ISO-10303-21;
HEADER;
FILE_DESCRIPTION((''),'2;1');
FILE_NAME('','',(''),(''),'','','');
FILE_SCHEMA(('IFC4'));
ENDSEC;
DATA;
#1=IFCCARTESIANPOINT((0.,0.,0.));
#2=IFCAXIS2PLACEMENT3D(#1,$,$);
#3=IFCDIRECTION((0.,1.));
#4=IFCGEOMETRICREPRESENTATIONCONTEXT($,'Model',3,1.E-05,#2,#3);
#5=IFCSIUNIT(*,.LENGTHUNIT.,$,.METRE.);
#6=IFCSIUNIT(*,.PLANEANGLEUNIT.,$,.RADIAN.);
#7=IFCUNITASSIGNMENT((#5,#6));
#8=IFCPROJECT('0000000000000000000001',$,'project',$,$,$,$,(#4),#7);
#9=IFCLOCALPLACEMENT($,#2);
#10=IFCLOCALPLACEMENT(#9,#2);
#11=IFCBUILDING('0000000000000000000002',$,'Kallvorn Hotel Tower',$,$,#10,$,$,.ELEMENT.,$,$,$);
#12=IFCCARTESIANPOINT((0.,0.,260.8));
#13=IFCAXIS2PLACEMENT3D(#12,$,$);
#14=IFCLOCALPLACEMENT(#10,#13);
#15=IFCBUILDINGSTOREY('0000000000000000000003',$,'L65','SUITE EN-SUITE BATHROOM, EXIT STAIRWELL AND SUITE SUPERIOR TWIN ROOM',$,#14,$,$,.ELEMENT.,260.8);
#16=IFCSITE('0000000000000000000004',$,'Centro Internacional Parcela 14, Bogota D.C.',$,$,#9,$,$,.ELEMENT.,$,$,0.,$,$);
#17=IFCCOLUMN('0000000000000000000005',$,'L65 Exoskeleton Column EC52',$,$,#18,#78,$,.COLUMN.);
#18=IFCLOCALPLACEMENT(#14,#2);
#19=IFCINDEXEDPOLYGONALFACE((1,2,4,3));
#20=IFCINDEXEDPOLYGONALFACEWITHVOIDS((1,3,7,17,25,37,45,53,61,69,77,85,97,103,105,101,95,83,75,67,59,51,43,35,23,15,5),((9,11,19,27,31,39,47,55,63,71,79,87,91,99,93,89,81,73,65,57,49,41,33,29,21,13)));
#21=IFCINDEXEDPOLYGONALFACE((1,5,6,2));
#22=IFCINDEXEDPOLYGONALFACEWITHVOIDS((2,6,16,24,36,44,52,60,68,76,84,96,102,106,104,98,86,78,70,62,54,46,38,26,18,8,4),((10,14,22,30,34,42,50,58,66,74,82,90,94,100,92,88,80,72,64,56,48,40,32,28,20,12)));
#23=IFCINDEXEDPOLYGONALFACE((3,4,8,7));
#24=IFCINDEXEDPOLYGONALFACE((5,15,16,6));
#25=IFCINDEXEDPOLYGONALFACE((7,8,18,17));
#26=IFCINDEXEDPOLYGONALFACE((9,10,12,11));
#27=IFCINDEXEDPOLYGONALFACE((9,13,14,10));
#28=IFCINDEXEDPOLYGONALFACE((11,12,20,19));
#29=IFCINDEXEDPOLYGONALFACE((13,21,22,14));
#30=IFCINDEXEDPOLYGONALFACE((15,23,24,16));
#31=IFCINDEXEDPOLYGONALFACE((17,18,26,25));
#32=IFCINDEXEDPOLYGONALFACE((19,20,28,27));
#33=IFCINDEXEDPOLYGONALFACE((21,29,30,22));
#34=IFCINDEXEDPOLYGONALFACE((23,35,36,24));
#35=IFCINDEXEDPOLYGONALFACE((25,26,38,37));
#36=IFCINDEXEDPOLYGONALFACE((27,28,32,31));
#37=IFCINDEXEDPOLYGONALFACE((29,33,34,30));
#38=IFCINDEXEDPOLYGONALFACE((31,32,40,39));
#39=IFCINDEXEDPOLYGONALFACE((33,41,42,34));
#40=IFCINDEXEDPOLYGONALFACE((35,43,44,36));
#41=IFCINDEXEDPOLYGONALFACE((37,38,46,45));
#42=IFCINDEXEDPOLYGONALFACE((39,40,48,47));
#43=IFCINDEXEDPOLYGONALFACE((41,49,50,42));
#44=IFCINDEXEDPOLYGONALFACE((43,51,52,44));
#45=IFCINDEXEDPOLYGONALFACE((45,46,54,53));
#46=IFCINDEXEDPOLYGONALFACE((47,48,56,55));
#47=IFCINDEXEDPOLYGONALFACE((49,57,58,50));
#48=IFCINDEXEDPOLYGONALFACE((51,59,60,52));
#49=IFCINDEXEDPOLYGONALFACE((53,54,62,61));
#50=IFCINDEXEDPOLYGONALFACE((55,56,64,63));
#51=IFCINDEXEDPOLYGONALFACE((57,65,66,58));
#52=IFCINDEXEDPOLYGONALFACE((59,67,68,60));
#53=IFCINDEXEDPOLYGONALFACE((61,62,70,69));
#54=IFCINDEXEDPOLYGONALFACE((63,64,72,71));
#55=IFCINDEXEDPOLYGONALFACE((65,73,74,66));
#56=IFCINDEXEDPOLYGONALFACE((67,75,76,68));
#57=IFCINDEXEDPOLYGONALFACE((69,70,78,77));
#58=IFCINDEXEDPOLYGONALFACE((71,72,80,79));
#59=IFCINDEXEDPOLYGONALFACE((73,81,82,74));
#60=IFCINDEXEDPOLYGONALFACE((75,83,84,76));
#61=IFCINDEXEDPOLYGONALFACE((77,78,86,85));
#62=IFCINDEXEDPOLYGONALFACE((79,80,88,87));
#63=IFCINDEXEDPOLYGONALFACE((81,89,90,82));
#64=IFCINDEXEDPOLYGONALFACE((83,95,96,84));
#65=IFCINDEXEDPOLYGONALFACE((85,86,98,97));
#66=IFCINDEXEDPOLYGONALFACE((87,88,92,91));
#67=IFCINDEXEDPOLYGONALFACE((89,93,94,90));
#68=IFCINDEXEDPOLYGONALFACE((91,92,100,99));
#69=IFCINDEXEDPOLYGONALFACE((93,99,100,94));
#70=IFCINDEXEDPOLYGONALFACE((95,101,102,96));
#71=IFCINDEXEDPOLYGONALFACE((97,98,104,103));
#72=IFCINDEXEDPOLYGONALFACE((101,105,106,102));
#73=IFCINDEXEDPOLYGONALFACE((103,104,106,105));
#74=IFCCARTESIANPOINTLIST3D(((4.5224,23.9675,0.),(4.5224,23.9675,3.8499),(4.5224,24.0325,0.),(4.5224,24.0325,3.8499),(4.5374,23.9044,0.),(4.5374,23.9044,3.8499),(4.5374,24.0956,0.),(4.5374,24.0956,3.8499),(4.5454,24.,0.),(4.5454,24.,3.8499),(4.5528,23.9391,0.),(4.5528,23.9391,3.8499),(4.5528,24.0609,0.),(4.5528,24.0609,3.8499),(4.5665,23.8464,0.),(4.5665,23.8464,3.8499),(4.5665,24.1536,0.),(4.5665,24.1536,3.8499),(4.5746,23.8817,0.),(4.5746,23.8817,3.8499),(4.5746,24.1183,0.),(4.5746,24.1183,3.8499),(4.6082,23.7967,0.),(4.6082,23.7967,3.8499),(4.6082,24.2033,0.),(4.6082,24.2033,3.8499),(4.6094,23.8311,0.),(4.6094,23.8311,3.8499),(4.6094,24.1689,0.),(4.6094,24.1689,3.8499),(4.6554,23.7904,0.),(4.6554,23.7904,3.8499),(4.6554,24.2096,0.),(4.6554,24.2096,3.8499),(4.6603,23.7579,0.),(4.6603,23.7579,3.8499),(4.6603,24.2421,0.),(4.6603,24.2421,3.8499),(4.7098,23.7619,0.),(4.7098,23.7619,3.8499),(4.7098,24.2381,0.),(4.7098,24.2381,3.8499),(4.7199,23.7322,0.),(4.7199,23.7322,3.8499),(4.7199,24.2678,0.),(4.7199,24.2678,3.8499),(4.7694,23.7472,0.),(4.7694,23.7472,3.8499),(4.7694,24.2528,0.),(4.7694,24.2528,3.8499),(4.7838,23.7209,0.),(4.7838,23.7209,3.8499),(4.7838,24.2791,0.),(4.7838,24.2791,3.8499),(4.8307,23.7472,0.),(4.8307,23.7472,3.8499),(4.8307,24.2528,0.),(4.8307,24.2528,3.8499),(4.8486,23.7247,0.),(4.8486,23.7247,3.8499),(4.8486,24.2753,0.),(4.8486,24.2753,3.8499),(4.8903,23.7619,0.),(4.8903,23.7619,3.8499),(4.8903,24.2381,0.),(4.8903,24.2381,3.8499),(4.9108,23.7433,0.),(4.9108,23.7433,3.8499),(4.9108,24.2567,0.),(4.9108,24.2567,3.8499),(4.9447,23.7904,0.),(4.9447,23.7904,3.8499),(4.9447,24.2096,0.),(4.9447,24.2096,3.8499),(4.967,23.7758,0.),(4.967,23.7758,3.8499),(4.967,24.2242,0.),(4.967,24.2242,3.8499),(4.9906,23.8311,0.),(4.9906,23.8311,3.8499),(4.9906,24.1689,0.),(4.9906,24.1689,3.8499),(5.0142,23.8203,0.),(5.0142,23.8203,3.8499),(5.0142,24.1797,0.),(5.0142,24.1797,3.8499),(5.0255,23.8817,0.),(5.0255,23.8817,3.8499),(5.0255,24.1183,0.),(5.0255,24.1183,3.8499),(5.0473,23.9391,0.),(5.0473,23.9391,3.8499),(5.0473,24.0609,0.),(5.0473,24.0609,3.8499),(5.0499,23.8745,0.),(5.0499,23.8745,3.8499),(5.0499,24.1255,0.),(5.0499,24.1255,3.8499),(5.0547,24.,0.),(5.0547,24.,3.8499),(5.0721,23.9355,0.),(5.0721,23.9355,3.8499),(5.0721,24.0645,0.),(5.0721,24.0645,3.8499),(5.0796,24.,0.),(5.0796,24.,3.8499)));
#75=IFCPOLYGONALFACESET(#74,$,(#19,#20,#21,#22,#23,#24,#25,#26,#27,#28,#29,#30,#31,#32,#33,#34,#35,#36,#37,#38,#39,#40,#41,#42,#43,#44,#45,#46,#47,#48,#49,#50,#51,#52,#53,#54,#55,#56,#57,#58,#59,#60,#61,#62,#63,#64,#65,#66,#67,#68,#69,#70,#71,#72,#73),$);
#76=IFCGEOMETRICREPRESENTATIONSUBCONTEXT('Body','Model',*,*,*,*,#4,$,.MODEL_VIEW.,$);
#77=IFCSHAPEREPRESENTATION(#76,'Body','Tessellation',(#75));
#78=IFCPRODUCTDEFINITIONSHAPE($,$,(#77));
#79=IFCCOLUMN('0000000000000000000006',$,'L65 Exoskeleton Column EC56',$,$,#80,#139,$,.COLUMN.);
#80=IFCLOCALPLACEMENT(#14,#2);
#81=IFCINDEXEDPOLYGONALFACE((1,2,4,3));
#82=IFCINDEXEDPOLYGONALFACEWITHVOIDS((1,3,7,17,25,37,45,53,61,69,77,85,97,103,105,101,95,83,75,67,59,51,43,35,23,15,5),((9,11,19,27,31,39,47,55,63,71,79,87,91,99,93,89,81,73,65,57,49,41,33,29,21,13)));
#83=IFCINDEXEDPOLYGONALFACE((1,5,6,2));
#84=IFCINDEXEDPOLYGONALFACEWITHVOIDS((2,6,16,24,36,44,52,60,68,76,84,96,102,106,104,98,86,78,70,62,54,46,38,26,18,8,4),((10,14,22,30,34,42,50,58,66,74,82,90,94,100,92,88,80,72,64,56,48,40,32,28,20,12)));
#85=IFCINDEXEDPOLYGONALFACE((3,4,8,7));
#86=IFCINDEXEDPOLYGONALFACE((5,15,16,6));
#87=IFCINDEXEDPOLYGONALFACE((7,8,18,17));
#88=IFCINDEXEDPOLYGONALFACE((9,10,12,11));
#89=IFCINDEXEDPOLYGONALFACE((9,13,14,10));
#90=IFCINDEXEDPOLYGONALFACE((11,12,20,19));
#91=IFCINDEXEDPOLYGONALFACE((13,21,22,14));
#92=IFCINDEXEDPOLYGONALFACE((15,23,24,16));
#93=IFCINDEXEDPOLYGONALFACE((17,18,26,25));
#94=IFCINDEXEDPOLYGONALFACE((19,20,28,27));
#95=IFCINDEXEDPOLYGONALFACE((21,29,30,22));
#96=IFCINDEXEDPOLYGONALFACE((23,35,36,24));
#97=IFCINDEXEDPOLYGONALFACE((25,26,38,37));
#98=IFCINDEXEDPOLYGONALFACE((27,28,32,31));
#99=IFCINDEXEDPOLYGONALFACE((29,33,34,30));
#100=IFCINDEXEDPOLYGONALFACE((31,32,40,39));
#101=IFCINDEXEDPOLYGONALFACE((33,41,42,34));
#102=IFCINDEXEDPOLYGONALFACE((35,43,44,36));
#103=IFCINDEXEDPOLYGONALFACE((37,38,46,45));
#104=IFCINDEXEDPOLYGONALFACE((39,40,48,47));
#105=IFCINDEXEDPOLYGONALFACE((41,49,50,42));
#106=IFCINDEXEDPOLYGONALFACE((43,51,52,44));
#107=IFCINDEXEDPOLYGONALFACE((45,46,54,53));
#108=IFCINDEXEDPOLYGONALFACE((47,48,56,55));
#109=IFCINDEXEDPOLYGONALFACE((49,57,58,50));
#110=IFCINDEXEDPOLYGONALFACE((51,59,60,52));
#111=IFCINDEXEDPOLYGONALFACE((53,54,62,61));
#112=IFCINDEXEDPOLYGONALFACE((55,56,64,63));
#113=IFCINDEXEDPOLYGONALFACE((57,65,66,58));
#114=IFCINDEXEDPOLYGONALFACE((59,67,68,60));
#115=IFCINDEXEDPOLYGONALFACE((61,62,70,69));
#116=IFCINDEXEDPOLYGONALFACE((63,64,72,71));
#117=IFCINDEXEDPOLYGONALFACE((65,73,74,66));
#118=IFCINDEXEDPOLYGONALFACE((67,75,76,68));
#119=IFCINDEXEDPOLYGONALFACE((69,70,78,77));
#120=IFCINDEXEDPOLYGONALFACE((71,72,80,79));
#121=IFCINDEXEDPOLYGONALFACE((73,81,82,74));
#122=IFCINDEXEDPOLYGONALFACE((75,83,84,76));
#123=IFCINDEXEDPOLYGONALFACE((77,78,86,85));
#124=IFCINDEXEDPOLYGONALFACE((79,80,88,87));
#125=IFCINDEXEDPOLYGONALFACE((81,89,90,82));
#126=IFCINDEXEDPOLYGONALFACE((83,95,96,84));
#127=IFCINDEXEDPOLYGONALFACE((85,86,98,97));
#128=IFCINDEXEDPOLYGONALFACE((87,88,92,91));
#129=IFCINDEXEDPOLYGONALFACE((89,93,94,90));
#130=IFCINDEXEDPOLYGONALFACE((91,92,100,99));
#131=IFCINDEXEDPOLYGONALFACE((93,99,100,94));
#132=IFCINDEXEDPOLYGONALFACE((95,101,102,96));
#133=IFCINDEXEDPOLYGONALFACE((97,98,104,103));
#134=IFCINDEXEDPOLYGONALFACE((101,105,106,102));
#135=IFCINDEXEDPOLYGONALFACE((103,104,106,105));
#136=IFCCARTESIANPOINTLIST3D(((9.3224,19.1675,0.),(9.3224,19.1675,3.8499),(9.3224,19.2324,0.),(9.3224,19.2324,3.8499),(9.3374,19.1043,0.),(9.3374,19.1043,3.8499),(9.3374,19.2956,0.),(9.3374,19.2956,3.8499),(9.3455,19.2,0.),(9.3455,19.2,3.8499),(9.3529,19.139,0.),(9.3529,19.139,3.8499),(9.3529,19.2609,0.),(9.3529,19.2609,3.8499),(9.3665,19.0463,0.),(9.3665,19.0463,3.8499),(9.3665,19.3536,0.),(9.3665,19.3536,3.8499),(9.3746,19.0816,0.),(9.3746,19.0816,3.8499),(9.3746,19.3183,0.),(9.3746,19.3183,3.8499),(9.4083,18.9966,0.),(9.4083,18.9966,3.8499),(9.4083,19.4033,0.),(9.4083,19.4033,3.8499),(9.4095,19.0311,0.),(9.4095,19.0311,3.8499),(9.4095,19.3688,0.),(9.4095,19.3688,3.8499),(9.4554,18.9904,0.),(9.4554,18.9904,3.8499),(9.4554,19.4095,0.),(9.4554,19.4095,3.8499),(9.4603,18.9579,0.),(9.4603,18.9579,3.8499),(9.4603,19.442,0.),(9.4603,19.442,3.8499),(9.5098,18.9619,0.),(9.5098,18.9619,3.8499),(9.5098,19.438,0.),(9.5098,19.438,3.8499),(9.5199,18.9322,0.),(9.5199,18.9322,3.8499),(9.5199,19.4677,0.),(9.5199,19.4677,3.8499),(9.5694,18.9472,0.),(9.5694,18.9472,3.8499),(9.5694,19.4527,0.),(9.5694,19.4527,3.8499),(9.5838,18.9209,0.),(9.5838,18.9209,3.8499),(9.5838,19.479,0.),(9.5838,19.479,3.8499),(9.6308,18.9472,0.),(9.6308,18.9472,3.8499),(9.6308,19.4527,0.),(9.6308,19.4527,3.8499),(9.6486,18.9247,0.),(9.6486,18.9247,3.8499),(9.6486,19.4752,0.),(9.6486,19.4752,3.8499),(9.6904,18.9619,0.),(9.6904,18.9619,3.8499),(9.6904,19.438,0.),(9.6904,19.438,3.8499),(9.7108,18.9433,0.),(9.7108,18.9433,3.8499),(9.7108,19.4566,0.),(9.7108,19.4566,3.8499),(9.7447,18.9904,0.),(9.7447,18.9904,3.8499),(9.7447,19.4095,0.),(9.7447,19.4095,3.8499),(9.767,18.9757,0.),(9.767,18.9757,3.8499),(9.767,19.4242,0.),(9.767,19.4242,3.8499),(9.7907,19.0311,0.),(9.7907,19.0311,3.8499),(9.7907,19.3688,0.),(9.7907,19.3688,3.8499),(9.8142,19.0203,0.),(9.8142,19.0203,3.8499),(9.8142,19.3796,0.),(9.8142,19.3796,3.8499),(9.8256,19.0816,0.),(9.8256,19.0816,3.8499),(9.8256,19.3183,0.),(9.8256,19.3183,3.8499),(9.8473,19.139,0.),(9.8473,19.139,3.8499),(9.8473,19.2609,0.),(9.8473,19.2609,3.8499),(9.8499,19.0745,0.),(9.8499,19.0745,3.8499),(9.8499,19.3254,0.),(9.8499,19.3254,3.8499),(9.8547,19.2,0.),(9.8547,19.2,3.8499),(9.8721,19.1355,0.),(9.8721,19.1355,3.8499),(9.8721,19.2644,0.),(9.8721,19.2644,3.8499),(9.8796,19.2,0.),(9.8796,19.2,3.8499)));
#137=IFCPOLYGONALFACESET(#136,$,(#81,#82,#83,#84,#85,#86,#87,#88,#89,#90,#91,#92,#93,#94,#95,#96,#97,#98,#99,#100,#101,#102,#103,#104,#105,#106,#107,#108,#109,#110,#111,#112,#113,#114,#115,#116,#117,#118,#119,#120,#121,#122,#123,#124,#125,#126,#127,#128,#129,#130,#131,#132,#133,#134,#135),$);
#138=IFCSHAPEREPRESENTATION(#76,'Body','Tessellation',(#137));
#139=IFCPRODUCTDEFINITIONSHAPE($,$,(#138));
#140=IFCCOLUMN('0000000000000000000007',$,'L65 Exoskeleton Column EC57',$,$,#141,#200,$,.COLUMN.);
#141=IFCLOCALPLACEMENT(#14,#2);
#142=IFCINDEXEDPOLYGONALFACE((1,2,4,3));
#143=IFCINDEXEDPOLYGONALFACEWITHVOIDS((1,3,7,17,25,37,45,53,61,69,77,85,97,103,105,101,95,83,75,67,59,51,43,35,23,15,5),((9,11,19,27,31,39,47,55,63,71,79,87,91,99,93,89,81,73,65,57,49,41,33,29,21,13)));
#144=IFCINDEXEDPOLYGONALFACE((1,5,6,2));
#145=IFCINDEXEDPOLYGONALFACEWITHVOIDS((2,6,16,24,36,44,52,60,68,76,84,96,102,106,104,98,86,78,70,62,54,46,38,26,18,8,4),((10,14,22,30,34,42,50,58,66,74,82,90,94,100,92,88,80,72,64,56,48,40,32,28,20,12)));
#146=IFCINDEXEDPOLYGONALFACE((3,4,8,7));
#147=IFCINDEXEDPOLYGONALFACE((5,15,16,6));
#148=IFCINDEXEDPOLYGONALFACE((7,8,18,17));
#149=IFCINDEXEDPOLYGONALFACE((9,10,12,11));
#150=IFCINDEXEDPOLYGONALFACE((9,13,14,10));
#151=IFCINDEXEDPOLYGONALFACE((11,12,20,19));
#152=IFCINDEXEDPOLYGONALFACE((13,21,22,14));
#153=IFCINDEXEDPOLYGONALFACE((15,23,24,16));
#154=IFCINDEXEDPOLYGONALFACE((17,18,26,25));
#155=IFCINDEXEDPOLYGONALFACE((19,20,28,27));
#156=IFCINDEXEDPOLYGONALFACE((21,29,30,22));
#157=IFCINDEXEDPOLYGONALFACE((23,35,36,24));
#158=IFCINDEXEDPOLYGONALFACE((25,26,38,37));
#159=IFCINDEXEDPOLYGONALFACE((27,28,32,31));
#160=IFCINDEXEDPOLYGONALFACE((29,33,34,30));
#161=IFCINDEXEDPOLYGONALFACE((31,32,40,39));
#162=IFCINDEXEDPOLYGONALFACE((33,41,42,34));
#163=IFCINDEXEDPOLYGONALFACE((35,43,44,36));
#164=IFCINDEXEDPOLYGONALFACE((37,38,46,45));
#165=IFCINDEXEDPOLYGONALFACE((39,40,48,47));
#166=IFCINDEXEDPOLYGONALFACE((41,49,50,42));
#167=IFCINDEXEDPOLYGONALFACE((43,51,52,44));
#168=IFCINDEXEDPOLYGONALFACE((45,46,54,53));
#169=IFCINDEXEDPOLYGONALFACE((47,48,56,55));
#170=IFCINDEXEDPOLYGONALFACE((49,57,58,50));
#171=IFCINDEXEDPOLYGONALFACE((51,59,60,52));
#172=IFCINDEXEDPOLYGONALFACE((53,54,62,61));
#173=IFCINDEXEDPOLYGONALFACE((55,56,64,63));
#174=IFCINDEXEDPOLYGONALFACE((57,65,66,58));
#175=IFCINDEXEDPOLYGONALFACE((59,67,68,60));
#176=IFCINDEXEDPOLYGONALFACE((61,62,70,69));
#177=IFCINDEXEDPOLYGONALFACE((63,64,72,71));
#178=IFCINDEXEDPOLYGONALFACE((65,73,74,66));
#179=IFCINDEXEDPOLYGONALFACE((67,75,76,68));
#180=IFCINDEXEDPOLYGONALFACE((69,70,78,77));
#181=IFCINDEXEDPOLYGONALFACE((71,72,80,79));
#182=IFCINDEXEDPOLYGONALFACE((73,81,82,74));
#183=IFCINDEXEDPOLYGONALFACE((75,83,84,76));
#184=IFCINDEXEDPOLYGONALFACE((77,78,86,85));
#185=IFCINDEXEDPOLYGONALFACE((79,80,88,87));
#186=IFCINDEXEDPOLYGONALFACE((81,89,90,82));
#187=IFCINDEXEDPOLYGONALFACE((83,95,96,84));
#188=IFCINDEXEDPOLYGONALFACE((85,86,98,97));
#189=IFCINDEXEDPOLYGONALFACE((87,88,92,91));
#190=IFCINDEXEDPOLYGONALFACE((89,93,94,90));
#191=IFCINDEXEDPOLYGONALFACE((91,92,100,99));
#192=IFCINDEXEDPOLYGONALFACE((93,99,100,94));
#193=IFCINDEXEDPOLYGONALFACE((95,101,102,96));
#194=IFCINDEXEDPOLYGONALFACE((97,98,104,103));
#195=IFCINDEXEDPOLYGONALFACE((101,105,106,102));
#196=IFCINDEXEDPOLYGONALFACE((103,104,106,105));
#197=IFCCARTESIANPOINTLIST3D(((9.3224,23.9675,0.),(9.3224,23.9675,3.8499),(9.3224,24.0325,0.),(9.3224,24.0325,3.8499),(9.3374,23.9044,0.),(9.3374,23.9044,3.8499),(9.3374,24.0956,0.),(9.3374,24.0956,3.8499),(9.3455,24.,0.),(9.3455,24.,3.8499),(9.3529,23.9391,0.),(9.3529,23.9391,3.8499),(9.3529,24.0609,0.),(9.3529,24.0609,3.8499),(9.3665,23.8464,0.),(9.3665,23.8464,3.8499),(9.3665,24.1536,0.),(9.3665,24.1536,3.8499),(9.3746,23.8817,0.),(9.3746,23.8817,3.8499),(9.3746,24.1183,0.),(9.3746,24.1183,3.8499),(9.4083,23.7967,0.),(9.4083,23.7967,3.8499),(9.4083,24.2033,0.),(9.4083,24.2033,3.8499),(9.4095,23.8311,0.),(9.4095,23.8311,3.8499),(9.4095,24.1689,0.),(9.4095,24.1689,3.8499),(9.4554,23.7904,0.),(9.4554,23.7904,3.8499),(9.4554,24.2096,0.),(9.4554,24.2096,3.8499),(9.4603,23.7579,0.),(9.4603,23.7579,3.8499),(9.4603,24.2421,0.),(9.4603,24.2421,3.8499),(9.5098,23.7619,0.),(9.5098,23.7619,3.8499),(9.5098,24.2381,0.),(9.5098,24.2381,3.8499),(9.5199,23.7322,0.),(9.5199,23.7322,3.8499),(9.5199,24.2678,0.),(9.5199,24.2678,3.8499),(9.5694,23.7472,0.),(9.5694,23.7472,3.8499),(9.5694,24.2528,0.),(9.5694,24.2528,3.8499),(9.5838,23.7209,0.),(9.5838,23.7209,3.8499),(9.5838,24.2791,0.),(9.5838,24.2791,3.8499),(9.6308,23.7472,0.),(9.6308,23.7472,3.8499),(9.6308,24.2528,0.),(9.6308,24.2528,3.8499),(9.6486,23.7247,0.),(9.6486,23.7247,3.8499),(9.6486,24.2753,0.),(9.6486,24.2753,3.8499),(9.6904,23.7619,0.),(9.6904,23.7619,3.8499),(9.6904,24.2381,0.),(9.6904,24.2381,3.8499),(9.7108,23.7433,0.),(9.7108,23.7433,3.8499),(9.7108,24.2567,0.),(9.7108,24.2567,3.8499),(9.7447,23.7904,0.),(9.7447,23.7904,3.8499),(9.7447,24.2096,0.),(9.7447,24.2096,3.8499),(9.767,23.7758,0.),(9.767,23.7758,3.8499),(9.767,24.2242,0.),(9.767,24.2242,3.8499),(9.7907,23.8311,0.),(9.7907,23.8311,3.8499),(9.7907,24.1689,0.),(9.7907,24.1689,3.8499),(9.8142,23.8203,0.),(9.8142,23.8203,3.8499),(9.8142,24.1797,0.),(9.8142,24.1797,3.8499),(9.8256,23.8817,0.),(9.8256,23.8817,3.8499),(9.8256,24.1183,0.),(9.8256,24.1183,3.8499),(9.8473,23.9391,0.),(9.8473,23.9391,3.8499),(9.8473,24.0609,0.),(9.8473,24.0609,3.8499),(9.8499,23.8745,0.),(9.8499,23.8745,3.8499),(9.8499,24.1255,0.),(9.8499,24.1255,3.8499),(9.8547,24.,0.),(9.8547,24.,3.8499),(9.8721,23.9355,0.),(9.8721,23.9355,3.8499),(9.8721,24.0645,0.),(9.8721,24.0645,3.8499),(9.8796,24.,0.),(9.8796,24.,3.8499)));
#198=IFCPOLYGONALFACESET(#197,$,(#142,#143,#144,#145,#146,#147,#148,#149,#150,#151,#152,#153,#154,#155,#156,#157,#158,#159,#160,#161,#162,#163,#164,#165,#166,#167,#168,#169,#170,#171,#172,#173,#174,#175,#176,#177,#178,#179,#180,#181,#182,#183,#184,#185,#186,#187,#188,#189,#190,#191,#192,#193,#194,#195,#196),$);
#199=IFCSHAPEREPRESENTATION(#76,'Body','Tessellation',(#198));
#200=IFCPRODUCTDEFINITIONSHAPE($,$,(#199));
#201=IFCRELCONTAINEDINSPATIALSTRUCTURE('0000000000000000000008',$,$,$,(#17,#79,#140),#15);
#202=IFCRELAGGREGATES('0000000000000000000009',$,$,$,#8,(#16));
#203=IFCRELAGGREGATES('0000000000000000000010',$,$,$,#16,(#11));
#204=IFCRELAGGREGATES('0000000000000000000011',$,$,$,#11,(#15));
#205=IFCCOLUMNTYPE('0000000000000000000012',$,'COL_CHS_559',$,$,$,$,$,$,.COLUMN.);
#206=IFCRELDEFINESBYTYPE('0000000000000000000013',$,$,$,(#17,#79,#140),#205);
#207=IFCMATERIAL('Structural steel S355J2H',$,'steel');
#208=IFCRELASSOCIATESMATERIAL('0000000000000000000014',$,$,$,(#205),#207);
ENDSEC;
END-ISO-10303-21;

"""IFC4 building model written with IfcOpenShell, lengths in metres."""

from ifc_helpers import new_model, si_unit, direction, frame, origin, origin_2d, place, context, subcontext, project, spatial, hollow_circle, extrude, material, material_profile, profile_set, type_object, element, save


model = new_model("IFC4")

# Units and contexts
model_context = context("Model", 3, precision=1e-05, world=origin(), true_north=direction((0.0, 1.0)))
body_context = subcontext(model_context, "Body", "Model", "MODEL_VIEW")
ifc_project = project(units=[si_unit("LENGTHUNIT", "METRE"), si_unit("PLANEANGLEUNIT", "RADIAN")], contexts=[model_context])

# Site, building, storey
site_placement = place(None, origin())
site = spatial("IfcSite", under=ifc_project, at=site_placement, Name="Centro Internacional Parcela 14, Bogota D.C.", CompositionType="ELEMENT", RefElevation=0.0)
building_placement = place(site_placement, origin())
building = spatial("IfcBuilding", under=site, at=building_placement, Name="Kallvorn Hotel Tower", CompositionType="ELEMENT")
storey_placement = place(building_placement, frame((0.0, 0.0, 260.8)))
storey = spatial("IfcBuildingStorey", under=building, at=storey_placement, Name="L65", Description="SUITE EN-SUITE BATHROOM, EXIT STAIRWELL AND SUITE SUPERIOR TWIN ROOM", CompositionType="ELEMENT", Elevation=260.8)

# Columns
ifc_material_1 = material(Name="Structural steel S355J2H", Category="steel")
ifc_material_profile_1 = material_profile(ifc_material_1, hollow_circle(Radius=0.2795, WallThickness=0.0249, at=origin_2d()), Name="CHS 559x25")
ifc_profile_set_1 = profile_set([ifc_material_profile_1], Name="Structural steel S355J2H")
column_type_1 = type_object("IfcColumnType", Name="COL_CHS_559", PredefinedType="COLUMN", material=ifc_profile_set_1)
for number, where, z_axis, x_axis, name in (
    (1, (4.8, 24.0, 0.0), (0.0, 0.0, 1.0), (1.0, 0.0, 0.0), "L65 Exoskeleton Column EC52"),
    (2, (9.6001, 19.2, 0.0), (0.0, 0.0, 1.0), (1.0, 0.0, 0.0), "L65 Exoskeleton Column EC56"),
    (3, (9.6001, 24.0, 0.0), (0.0, 0.0, 1.0), (1.0, 0.0, 0.0), "L65 Exoskeleton Column EC57"),
):
    element("IfcColumn", number, at=place(storey_placement, frame(where, z_axis=z_axis, x_axis=x_axis)), inside=storey, type_object=column_type_1, Name=name, PredefinedType="COLUMN", context=body_context, shape_type="SweptSolid", body=[
        extrude(hollow_circle(Radius=0.2795, WallThickness=0.0249, at=origin_2d()), origin(), (0.0, 0.0, 1.0), 3.8499),
    ])

save(model, "model.ifc")
